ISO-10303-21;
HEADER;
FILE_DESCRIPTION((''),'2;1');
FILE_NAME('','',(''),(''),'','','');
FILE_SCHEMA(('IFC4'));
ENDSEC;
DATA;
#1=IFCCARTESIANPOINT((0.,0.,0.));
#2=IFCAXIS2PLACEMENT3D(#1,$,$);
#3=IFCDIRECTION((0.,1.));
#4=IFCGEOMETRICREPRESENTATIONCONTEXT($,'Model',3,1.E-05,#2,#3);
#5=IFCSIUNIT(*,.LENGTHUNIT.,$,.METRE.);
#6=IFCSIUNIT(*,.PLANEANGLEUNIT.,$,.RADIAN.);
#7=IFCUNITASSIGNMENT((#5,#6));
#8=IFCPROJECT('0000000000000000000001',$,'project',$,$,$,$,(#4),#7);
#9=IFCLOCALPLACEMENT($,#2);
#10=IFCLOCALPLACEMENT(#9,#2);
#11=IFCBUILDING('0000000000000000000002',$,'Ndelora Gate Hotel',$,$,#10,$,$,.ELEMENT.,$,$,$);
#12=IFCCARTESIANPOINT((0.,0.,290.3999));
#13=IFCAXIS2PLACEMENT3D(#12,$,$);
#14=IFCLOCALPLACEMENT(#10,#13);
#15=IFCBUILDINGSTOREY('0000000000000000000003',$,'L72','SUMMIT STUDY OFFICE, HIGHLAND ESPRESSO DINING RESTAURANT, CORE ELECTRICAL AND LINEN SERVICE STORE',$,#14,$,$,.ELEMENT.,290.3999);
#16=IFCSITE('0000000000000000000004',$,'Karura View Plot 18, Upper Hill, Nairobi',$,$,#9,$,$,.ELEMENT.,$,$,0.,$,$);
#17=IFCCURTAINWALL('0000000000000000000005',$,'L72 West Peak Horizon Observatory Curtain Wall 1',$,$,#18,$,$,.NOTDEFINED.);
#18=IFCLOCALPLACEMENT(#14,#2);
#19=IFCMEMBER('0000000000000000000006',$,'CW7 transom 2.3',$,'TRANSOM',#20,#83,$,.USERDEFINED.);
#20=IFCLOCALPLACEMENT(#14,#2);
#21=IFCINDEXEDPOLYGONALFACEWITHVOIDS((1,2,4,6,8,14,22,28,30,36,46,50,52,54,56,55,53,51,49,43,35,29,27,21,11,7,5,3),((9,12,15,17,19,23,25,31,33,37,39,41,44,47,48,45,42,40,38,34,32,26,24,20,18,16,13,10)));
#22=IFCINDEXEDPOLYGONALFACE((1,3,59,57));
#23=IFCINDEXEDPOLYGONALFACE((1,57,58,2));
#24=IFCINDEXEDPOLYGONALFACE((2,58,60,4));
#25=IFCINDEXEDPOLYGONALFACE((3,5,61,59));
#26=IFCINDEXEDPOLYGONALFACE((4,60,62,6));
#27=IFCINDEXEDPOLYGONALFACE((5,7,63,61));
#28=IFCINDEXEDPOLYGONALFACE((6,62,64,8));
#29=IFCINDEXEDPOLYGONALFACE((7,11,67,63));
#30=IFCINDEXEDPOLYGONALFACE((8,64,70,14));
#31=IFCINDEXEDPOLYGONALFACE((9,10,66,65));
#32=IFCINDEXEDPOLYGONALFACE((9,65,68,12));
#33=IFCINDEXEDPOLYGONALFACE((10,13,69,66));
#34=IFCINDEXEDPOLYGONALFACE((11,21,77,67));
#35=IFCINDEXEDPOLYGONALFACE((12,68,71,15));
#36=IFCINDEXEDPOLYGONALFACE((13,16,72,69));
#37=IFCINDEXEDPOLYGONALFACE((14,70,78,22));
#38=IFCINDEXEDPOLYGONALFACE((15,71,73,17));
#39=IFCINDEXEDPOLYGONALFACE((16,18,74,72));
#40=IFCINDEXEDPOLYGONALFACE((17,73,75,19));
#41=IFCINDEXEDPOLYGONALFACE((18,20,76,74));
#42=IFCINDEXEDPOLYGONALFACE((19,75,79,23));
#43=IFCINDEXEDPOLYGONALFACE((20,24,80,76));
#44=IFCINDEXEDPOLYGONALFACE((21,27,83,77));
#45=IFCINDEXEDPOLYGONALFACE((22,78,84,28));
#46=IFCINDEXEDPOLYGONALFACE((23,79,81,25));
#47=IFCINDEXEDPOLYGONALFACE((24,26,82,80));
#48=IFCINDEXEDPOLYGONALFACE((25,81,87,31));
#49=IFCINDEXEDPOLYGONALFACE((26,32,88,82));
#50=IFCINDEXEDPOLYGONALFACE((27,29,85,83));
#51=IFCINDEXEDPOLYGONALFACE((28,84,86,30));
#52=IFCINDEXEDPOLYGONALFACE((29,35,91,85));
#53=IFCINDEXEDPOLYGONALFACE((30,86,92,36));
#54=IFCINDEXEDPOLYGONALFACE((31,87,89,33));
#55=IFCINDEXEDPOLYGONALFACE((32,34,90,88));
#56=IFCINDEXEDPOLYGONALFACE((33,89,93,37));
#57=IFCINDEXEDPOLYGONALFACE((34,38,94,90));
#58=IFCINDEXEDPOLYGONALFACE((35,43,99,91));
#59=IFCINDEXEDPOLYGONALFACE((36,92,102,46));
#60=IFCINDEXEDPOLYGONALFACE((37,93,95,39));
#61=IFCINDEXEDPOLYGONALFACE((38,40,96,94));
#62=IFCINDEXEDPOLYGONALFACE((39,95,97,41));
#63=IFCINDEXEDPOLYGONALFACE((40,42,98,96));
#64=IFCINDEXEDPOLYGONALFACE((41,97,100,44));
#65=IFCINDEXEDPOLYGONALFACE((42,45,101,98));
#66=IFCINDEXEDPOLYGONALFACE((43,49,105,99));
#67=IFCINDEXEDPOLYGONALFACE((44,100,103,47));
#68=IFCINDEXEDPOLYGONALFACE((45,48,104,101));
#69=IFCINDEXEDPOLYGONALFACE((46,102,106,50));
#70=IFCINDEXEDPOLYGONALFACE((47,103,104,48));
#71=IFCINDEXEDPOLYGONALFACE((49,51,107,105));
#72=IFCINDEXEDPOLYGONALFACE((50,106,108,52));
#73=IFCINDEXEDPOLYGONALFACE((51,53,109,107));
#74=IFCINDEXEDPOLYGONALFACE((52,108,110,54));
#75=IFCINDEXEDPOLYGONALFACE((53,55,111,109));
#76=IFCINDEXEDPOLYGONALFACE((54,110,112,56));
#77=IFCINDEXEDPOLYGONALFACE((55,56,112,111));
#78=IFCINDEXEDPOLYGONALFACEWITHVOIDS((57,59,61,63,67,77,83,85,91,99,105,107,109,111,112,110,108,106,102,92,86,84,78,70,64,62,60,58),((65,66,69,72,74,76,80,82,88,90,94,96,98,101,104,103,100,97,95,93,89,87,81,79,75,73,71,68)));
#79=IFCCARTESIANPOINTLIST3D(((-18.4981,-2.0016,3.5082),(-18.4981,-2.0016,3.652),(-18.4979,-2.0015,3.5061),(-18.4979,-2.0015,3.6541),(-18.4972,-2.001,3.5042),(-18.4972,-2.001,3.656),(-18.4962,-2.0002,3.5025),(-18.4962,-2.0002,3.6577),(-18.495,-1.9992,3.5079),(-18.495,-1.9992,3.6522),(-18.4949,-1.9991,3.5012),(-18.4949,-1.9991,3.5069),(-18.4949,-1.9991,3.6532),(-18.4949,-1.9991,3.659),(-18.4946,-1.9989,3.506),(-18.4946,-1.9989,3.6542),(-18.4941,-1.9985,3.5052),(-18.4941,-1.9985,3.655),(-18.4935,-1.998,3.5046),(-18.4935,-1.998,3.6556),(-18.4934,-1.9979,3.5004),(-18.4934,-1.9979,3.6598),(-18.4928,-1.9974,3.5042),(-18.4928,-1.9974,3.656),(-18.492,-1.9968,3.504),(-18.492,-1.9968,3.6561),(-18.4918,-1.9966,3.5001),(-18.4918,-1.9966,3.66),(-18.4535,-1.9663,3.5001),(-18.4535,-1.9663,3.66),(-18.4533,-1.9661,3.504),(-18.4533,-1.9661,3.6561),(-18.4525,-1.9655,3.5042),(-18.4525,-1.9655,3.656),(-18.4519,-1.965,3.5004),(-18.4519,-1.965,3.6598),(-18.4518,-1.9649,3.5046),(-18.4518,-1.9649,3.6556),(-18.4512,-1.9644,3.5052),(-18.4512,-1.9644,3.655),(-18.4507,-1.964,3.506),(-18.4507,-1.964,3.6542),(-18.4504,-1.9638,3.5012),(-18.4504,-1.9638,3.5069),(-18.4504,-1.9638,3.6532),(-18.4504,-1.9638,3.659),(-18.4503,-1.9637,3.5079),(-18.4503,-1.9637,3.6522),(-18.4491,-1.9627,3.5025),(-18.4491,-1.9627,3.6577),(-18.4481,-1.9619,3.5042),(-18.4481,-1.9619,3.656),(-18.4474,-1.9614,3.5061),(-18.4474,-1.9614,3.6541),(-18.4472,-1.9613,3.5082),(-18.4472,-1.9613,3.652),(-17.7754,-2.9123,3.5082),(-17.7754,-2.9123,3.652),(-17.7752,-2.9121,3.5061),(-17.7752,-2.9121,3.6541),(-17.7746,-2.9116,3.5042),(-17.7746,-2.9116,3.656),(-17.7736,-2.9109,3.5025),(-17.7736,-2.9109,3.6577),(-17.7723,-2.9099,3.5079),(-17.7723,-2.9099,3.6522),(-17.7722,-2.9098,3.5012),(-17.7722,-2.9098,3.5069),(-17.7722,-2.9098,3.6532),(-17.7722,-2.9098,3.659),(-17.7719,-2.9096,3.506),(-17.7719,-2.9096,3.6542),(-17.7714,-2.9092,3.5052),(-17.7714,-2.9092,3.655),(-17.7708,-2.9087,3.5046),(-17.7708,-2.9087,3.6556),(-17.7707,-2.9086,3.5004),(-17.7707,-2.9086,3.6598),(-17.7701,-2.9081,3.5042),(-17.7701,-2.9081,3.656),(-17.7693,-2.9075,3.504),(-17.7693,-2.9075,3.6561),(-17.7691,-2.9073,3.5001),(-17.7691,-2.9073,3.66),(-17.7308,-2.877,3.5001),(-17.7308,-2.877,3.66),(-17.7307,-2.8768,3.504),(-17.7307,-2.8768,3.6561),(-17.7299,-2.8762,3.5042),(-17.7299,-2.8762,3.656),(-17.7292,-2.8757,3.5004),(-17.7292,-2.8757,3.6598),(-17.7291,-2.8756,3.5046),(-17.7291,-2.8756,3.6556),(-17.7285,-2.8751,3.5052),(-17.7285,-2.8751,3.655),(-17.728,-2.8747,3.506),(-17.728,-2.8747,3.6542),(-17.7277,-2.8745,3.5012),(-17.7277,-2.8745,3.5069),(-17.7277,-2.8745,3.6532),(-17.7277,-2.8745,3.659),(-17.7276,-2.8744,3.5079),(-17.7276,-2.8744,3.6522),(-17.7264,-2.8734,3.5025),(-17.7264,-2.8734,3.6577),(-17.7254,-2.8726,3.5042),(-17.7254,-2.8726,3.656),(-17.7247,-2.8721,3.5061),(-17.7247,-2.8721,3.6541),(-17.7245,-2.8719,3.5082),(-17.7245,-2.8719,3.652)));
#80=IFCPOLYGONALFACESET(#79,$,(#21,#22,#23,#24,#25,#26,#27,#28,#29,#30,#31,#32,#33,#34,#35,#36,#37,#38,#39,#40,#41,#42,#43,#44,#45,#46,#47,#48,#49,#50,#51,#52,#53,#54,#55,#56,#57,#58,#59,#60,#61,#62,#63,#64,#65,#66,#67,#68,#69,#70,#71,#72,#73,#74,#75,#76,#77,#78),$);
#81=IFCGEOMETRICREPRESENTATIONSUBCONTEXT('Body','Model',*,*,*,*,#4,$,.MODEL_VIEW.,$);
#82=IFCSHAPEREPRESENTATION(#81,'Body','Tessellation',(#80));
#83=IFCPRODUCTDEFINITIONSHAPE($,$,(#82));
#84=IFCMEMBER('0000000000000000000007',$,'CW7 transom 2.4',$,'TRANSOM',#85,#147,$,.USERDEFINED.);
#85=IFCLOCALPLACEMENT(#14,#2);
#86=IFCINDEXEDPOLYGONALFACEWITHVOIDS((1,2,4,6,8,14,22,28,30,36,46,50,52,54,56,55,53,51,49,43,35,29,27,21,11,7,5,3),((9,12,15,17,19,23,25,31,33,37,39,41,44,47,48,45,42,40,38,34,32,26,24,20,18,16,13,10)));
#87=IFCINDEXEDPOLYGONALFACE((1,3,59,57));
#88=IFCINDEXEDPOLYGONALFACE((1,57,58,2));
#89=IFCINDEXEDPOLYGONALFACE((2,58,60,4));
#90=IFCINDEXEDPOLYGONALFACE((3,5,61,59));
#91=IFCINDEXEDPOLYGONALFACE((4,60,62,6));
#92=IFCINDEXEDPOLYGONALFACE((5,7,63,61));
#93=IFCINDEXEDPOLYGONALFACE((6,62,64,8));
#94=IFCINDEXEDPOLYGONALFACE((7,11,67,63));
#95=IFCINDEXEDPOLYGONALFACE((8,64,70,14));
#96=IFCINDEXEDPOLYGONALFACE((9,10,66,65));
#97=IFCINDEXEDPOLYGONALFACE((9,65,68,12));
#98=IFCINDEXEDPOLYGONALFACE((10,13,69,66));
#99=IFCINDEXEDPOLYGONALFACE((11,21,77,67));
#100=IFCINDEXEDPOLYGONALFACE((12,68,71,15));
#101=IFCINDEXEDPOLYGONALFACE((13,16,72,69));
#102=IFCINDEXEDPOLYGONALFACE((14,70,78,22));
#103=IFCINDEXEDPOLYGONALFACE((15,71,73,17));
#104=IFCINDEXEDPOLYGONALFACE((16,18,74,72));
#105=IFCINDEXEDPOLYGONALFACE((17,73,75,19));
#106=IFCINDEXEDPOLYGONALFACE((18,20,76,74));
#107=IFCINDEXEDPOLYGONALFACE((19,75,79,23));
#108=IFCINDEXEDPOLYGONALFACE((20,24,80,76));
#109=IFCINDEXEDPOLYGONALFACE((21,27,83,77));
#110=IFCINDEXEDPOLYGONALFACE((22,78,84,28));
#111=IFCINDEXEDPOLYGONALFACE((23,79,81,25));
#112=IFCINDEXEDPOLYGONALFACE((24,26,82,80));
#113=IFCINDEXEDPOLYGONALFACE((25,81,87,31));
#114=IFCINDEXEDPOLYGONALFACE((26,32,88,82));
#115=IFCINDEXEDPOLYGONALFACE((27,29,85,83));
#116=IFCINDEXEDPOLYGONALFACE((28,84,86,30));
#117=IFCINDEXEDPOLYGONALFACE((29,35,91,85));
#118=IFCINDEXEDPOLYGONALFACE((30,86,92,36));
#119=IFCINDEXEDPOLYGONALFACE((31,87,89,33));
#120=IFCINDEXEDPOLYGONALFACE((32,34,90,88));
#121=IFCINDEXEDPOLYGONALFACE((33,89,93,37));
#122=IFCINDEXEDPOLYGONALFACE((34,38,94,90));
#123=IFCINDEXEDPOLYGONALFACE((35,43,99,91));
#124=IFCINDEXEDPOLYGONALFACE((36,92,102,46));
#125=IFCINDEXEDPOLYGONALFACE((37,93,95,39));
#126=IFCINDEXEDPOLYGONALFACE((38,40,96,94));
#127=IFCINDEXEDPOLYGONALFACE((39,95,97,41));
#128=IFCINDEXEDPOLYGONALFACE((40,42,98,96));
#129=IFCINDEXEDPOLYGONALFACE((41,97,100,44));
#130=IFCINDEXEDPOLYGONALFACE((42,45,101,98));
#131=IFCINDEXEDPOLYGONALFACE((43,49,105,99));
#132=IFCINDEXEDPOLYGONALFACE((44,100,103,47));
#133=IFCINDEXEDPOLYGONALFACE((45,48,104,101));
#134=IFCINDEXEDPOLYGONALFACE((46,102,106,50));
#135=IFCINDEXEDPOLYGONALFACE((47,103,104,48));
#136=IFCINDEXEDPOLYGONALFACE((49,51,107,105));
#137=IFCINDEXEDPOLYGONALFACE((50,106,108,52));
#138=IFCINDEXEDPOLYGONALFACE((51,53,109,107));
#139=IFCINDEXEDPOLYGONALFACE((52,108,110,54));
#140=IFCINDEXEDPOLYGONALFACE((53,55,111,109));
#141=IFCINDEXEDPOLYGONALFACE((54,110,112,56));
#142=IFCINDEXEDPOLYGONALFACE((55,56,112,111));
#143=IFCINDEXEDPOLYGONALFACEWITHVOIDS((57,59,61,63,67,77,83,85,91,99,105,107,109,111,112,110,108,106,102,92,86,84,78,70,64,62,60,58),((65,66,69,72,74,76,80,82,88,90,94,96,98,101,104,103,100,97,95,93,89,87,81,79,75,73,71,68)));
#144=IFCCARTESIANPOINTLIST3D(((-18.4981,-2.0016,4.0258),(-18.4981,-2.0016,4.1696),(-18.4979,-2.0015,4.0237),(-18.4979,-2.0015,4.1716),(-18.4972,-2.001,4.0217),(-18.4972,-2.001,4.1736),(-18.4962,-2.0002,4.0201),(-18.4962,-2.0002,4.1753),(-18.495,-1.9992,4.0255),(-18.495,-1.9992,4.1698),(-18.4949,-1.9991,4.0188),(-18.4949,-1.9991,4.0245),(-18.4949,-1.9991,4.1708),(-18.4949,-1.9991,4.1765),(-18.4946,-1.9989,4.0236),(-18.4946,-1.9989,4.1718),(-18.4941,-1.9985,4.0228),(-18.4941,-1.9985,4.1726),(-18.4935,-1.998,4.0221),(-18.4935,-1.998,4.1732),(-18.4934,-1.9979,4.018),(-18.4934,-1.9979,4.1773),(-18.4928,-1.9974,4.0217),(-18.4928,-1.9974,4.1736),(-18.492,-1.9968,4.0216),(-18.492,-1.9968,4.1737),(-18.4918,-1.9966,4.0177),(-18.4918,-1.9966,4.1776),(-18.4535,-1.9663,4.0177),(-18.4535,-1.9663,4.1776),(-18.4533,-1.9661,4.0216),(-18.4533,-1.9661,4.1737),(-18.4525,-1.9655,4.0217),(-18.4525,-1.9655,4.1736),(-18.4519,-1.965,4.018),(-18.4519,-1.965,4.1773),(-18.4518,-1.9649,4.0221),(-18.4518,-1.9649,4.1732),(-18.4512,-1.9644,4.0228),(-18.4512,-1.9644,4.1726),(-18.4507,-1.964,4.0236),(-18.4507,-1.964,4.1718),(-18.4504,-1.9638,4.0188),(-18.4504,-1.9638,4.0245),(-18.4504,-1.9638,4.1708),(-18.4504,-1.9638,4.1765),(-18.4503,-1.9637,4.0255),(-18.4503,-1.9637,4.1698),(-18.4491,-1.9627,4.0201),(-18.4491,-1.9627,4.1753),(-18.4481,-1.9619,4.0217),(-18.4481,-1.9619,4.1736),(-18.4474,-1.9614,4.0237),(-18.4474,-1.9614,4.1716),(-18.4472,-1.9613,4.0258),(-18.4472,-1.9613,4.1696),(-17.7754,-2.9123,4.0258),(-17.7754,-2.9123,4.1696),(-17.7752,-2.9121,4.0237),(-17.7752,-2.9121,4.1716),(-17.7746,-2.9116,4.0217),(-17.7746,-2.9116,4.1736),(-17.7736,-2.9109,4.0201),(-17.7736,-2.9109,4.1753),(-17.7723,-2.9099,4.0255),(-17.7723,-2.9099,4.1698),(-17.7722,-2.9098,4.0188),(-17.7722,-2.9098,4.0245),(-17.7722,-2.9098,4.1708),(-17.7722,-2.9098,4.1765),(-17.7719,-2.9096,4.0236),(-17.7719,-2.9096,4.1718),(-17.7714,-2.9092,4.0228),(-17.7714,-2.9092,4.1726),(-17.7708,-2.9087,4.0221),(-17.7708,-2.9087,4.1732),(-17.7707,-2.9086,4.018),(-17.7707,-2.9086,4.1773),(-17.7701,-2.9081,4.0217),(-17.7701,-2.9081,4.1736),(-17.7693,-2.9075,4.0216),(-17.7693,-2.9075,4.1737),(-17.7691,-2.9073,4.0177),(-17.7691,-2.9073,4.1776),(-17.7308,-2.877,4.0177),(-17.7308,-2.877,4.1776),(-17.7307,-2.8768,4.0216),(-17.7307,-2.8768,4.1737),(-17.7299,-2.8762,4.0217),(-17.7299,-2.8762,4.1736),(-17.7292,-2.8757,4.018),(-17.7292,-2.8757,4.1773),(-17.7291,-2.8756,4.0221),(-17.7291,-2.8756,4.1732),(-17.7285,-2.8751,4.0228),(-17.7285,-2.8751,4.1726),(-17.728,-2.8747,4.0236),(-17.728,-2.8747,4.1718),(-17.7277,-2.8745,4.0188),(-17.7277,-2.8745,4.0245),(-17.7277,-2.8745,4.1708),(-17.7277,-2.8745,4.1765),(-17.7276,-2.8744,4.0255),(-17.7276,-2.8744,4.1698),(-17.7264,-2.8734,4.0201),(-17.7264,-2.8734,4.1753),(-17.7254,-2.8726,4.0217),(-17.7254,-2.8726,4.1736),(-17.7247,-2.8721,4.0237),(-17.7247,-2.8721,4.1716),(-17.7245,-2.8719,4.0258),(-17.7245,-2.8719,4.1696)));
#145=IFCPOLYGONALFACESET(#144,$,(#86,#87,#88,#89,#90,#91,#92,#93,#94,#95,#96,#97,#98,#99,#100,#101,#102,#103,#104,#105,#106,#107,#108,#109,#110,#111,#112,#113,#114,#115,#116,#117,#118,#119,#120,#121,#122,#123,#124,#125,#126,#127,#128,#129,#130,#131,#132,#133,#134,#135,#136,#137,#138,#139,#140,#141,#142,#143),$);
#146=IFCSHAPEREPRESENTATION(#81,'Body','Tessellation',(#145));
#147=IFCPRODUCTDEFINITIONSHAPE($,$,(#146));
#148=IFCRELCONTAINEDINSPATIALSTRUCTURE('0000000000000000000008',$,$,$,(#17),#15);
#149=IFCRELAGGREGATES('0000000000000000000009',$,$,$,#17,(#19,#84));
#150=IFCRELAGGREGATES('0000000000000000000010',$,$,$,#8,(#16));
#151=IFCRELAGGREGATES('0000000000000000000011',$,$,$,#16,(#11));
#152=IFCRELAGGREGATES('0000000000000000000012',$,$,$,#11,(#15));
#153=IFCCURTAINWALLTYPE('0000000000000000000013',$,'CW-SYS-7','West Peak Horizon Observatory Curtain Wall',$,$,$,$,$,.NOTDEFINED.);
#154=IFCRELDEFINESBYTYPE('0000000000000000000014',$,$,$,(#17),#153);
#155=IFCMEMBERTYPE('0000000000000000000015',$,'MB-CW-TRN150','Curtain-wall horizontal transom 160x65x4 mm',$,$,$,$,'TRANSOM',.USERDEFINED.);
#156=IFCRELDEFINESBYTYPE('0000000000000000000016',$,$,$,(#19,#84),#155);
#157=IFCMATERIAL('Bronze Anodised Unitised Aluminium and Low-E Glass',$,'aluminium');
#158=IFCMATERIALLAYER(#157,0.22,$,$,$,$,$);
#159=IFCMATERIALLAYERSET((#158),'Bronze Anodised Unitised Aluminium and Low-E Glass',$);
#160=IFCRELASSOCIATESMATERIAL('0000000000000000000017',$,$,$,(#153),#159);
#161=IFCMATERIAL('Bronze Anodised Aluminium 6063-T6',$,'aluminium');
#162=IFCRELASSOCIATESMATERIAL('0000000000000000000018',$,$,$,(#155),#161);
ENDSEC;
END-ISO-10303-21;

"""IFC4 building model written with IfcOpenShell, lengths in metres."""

from ifc_helpers import new_model, si_unit, direction, frame, origin, origin_2d, place, context, subcontext, project, spatial, hollow_rectangle, extrude, material, layer, layer_set, material_profile, profile_set, type_object, element, aggregate, save


model = new_model("IFC4")

# Units and contexts
model_context = context("Model", 3, precision=1e-05, world=origin(), true_north=direction((0.0, 1.0)))
body_context = subcontext(model_context, "Body", "Model", "MODEL_VIEW")
ifc_project = project(units=[si_unit("LENGTHUNIT", "METRE"), si_unit("PLANEANGLEUNIT", "RADIAN")], contexts=[model_context])

# Site, building, storey
site_placement = place(None, origin())
site = spatial("IfcSite", under=ifc_project, at=site_placement, Name="Karura View Plot 18, Upper Hill, Nairobi", CompositionType="ELEMENT", RefElevation=0.0)
building_placement = place(site_placement, origin())
building = spatial("IfcBuilding", under=site, at=building_placement, Name="Ndelora Gate Hotel", CompositionType="ELEMENT")
storey_placement = place(building_placement, frame((0.0, 0.0, 290.3999)))
storey = spatial("IfcBuildingStorey", under=building, at=storey_placement, Name="L72", Description="SUMMIT STUDY OFFICE, HIGHLAND ESPRESSO DINING RESTAURANT, CORE ELECTRICAL AND LINEN SERVICE STORE", CompositionType="ELEMENT", Elevation=290.3999)

# Curtain wall
ifc_material_1 = material(Name="Bronze Anodised Unitised Aluminium and Low-E Glass", Category="aluminium")
ifc_layer_1 = layer(ifc_material_1, 0.22)
ifc_layer_set_1 = layer_set([ifc_layer_1], Name="Bronze Anodised Unitised Aluminium and Low-E Glass")
curtain_wall_type = type_object("IfcCurtainWallType", Name="CW-SYS-7", Description="West Peak Horizon Observatory Curtain Wall", PredefinedType="NOTDEFINED", material=ifc_layer_set_1)
curtain_wall_1_placement = place(storey_placement, origin())
curtain_wall_1 = element("IfcCurtainWall", 1, at=curtain_wall_1_placement, inside=storey, type_object=curtain_wall_type, Name="L72 West Peak Horizon Observatory Curtain Wall 1", PredefinedType="NOTDEFINED")
ifc_material_2 = material(Name="Bronze Anodised Aluminium 6063-T6", Category="aluminium")

# Members
ifc_material_profile_1 = material_profile(ifc_material_2, hollow_rectangle(XDim=0.0649, YDim=0.1599, WallThickness=0.0039, InnerFilletRadius=0.0039, OuterFilletRadius=0.0081, at=origin_2d()), Name="ALU 160x65x4")
ifc_profile_set_1 = profile_set([ifc_material_profile_1], Name="Bronze Anodised Aluminium 6063-T6")
member_type_1 = type_object("IfcMemberType", Name="MB-CW-TRN150", Description="Curtain-wall horizontal transom 160x65x4 mm", ElementType="TRANSOM", PredefinedType="USERDEFINED", material=ifc_profile_set_1)
member_1_placement = place(storey_placement, frame((-18.4727, -1.9814, 3.5801), z_axis=(0.621617, -0.783321, 0.0), x_axis=(0.783321, 0.621617, 0.0)))
member_1 = element("IfcMember", 2, at=member_1_placement, type_object=member_type_1, Name="CW7 transom 2.3", ObjectType="TRANSOM", PredefinedType="USERDEFINED", context=body_context, shape_type="SweptSolid", body=[
    extrude(hollow_rectangle(XDim=0.0649, YDim=0.1599, WallThickness=0.0039, InnerFilletRadius=0.0039, OuterFilletRadius=0.0081, at=origin_2d()), origin(), (0.0, 0.0, 1.0), 1.1626),
])
member_2_placement = place(storey_placement, frame((-18.4727, -1.9814, 4.0977), z_axis=(0.621617, -0.783321, 0.0), x_axis=(0.783321, 0.621617, 0.0)))
member_2 = element("IfcMember", 3, at=member_2_placement, type_object=member_type_1, Name="CW7 transom 2.4", ObjectType="TRANSOM", PredefinedType="USERDEFINED", context=body_context, shape_type="SweptSolid", body=[
    extrude(hollow_rectangle(XDim=0.0649, YDim=0.1599, WallThickness=0.0039, InnerFilletRadius=0.0039, OuterFilletRadius=0.0081, at=origin_2d()), origin(), (0.0, 0.0, 1.0), 1.1626),
])

aggregate(curtain_wall_1, [member_1, member_2])

save(model, "model.ifc")
